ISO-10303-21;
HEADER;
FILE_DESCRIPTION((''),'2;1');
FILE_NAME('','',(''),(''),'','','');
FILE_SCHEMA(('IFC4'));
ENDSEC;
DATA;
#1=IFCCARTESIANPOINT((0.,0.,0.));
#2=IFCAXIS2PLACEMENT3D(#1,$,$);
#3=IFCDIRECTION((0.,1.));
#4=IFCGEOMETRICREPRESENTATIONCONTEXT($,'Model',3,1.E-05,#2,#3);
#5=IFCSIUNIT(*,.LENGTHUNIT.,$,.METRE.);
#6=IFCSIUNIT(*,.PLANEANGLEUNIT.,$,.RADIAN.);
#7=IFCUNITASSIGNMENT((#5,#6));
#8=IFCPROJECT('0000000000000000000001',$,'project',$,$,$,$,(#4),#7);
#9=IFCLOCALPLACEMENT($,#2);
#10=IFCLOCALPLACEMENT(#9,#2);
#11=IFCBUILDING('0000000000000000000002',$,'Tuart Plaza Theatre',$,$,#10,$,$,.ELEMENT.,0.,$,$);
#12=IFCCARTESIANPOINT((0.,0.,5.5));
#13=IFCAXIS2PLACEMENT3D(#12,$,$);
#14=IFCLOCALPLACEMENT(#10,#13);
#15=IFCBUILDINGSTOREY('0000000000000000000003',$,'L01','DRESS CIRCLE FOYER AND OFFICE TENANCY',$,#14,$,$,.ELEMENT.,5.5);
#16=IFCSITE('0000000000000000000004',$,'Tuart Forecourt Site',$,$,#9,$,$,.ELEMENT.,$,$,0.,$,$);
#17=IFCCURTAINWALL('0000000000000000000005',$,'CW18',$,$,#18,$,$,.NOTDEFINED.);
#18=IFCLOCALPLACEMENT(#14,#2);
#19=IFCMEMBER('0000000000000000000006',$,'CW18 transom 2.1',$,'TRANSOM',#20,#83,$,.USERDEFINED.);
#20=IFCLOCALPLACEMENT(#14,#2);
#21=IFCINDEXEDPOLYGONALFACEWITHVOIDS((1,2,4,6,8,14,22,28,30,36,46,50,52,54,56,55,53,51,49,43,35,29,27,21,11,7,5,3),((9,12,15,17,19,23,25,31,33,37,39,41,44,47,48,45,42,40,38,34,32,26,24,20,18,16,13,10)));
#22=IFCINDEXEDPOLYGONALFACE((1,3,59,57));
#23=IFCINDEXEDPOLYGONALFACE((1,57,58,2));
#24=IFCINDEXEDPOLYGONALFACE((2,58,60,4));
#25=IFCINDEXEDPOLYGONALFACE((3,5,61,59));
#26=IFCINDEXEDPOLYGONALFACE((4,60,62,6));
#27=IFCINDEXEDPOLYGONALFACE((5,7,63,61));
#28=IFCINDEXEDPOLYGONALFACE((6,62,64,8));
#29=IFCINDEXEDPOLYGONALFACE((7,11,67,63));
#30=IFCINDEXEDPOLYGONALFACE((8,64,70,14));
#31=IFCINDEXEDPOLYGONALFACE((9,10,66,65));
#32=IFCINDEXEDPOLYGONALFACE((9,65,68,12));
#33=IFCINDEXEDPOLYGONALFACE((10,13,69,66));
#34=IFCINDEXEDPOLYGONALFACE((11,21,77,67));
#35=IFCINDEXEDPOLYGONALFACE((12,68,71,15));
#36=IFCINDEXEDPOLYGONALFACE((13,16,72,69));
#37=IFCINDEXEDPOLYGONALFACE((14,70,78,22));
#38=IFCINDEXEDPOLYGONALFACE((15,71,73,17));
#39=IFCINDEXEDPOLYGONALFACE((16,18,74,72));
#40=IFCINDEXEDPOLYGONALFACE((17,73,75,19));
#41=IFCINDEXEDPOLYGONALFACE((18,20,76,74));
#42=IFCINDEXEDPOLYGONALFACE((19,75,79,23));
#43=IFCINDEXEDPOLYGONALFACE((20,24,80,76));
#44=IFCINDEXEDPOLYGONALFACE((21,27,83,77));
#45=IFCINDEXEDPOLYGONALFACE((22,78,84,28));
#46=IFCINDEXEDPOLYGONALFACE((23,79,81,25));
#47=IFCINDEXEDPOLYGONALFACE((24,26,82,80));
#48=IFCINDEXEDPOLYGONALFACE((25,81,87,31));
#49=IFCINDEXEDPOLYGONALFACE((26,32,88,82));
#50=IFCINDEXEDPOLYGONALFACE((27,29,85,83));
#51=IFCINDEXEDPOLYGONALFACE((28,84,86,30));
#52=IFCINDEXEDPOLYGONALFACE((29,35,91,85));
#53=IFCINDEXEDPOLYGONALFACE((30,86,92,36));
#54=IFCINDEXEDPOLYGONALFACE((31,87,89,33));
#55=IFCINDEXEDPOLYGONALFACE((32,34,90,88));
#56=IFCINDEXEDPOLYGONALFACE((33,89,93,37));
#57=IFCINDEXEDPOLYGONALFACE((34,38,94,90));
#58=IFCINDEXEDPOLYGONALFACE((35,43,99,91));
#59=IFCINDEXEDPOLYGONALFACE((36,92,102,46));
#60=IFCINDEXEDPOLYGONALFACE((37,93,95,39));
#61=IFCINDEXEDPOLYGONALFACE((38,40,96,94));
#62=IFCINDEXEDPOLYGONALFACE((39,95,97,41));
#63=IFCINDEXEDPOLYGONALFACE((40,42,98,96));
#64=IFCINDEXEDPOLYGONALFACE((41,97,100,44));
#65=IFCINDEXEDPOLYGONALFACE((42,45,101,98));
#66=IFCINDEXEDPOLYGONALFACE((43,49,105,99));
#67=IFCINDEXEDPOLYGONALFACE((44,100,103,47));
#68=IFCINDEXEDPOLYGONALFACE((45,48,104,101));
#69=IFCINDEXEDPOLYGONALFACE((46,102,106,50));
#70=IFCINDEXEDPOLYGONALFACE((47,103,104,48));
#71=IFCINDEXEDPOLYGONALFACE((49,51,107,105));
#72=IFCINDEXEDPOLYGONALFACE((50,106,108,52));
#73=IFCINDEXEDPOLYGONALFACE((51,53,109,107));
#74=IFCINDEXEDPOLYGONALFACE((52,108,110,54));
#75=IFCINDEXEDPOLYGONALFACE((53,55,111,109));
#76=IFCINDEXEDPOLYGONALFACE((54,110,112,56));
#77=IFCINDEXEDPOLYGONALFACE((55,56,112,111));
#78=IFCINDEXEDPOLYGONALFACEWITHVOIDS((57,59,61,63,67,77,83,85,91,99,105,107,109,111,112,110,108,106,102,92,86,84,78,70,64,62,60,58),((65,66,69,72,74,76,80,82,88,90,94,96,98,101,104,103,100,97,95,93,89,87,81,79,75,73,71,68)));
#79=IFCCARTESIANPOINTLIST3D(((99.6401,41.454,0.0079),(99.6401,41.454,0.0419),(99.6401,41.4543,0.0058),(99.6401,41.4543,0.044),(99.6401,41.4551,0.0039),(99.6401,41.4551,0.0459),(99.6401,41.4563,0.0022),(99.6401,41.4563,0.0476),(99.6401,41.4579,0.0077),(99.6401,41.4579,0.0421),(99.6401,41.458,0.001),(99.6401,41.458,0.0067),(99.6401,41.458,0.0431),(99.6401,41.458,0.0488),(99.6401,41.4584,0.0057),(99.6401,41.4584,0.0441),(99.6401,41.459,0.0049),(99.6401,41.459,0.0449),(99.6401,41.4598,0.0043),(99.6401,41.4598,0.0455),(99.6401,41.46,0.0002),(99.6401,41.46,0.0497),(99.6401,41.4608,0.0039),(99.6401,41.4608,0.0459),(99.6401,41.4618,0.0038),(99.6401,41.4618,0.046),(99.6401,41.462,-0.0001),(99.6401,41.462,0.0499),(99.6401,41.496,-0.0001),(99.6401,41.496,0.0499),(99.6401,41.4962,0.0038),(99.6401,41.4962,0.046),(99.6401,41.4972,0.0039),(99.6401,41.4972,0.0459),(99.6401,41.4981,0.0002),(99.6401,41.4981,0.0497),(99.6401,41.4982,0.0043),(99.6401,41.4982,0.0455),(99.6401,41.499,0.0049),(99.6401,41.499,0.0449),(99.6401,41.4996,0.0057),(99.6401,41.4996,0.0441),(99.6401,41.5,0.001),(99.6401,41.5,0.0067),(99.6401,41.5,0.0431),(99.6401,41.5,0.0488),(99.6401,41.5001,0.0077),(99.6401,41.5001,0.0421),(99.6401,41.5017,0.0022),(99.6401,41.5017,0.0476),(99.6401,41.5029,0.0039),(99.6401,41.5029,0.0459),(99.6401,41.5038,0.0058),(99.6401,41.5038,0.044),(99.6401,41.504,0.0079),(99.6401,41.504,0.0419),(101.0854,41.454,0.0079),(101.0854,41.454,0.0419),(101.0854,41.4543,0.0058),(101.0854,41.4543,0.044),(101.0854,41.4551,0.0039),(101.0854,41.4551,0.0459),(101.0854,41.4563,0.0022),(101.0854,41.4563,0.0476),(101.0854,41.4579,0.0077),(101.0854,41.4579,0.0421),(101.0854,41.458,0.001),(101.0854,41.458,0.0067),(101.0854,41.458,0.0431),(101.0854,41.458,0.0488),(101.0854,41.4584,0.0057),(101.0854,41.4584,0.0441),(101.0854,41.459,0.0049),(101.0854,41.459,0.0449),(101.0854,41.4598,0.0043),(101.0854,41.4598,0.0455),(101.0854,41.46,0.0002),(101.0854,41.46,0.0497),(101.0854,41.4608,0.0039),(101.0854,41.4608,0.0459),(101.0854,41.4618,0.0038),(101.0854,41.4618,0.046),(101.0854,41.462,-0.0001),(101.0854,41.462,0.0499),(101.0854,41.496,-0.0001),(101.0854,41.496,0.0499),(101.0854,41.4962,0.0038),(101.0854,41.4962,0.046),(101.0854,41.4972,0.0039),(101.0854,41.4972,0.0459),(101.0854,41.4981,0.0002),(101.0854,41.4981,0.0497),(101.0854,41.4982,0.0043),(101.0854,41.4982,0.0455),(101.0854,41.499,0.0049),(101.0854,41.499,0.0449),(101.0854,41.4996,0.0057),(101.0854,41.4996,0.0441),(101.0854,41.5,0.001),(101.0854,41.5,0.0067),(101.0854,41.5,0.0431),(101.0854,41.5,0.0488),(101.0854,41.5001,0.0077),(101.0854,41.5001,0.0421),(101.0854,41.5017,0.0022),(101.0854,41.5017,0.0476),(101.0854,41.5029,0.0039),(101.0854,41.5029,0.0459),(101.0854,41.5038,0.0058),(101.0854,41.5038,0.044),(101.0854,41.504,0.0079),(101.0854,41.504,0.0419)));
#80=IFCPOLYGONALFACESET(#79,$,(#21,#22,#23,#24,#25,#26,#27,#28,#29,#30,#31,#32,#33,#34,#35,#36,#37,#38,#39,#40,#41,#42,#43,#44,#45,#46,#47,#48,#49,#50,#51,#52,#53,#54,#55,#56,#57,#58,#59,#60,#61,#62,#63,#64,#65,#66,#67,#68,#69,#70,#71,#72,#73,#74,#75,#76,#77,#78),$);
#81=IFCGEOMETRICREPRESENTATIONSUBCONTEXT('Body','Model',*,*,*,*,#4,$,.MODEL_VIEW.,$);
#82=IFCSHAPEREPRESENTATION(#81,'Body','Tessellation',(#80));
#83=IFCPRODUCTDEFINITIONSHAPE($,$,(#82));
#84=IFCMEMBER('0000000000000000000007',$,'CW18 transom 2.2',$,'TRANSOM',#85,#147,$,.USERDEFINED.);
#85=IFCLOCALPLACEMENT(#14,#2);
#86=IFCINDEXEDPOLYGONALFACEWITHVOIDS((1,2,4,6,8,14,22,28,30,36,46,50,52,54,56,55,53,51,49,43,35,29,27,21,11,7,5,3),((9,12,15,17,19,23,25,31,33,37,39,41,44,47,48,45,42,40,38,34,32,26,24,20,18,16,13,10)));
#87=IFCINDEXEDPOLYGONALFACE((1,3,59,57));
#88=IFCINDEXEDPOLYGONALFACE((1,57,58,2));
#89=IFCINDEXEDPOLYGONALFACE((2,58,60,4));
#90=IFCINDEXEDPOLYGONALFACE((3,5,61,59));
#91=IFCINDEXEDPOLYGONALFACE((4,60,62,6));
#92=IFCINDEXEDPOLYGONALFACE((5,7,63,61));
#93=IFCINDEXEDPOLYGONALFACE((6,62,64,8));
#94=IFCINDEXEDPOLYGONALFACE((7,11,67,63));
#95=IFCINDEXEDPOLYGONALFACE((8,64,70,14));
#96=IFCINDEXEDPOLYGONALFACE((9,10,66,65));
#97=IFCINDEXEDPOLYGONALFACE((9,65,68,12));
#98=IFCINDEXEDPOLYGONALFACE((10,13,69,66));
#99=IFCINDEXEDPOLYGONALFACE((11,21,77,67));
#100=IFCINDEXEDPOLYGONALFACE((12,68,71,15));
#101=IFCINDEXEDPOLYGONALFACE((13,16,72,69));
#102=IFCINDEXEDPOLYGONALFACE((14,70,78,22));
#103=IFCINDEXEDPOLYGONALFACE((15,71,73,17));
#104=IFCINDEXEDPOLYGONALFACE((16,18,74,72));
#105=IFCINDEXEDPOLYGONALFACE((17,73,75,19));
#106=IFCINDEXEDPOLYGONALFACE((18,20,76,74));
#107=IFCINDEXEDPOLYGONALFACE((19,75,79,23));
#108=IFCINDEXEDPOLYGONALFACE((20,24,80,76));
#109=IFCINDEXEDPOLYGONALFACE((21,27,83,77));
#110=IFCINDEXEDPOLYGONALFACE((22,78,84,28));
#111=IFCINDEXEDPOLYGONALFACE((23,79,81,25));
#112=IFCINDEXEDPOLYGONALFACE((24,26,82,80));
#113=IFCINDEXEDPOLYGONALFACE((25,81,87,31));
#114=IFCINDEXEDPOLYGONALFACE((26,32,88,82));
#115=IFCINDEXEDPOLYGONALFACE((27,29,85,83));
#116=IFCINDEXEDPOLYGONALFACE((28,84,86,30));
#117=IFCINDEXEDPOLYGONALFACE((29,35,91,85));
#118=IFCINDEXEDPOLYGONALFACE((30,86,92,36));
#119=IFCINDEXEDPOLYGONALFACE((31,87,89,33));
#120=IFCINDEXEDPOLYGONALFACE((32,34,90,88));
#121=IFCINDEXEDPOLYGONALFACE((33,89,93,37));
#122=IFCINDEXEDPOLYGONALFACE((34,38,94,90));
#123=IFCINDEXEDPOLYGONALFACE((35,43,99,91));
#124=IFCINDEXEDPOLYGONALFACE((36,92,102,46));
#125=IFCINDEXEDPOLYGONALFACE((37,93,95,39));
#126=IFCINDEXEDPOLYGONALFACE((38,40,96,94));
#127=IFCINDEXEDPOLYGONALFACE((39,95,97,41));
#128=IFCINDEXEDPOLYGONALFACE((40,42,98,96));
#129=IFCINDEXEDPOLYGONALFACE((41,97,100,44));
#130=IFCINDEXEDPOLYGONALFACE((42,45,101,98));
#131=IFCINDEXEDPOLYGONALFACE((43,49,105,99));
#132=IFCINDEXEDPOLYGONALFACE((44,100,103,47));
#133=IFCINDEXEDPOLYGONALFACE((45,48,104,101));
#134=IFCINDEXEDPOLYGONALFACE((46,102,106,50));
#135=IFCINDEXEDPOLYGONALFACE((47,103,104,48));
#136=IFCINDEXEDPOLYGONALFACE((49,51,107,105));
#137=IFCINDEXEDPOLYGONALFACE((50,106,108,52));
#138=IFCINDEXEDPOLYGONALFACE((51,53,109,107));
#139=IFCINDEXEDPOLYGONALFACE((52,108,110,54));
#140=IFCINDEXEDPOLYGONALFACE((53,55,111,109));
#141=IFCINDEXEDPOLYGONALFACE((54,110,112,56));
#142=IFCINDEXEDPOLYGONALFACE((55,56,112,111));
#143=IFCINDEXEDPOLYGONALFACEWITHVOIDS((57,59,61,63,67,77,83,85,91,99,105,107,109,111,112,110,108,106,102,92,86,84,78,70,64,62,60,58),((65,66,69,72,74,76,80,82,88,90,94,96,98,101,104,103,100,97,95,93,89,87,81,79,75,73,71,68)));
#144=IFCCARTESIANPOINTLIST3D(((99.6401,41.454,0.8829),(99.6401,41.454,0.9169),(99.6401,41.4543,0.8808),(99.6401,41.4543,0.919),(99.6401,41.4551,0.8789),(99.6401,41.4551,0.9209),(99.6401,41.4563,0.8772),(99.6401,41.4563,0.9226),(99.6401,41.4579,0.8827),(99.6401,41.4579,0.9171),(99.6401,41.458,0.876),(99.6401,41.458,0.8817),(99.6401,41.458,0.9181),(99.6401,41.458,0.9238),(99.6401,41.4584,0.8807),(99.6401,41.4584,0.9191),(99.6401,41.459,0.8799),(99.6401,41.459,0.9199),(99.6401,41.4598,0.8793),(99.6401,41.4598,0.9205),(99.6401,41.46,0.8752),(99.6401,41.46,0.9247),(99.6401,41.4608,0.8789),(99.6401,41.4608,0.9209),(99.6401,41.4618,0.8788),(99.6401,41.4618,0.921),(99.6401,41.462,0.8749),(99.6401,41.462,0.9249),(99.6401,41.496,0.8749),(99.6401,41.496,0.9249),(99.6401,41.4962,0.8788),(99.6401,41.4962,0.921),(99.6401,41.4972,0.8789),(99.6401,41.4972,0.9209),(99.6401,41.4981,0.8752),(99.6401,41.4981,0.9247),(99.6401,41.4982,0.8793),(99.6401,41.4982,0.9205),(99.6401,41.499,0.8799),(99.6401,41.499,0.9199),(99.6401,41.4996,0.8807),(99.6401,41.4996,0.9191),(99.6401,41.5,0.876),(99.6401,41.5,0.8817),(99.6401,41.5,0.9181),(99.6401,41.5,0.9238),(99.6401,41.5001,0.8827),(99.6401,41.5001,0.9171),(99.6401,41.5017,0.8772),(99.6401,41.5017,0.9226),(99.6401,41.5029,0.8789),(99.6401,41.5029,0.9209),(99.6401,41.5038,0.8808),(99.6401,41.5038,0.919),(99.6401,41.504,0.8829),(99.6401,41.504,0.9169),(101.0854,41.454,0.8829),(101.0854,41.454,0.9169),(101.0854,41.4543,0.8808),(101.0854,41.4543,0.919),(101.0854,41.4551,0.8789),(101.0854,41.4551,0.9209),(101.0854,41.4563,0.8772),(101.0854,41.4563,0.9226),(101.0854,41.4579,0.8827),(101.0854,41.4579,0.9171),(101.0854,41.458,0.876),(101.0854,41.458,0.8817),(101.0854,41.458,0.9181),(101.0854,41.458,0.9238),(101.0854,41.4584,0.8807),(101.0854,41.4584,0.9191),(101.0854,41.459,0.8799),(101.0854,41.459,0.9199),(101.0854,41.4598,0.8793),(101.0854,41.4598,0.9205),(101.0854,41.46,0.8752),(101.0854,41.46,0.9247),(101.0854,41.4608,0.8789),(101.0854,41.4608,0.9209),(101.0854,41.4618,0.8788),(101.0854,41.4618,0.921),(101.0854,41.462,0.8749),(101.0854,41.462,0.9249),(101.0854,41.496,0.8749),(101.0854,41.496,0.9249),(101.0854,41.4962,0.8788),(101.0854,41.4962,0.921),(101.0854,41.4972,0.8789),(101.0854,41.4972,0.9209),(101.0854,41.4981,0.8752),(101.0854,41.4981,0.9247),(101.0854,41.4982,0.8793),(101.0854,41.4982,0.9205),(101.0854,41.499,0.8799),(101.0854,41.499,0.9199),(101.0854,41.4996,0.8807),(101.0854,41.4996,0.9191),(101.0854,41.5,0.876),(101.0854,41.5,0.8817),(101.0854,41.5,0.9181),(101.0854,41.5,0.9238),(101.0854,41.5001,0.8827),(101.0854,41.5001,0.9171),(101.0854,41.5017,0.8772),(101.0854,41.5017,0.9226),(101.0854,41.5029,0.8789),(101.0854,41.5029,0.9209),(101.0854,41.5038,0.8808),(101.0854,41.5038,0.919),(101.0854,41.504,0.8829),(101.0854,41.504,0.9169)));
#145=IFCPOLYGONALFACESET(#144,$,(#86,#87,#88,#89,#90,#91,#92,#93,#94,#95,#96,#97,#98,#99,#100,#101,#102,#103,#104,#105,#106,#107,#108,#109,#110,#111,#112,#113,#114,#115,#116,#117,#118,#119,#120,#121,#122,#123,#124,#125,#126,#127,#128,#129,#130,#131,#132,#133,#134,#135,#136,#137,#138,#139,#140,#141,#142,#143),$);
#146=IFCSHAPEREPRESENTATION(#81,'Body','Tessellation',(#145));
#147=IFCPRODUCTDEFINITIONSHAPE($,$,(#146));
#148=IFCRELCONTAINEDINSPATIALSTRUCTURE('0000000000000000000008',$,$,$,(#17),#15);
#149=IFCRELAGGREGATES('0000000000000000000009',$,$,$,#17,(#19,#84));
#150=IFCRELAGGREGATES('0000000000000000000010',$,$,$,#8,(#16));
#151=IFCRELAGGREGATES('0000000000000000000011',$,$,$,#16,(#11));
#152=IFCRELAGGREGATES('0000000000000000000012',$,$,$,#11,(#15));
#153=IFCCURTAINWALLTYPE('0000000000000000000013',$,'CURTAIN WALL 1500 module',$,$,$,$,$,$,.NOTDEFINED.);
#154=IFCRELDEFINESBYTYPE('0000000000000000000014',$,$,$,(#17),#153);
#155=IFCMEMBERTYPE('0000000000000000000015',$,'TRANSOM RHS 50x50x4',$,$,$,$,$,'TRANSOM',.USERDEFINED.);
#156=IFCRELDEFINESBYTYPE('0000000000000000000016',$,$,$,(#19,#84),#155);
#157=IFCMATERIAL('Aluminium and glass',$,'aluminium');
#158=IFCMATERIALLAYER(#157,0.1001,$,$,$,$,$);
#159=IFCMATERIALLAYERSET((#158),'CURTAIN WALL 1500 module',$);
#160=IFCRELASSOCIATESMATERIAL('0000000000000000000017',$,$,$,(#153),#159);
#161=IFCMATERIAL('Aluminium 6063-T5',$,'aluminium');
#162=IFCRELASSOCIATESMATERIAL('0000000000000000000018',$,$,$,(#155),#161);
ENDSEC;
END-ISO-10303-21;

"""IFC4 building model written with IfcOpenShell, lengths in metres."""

from ifc_helpers import new_model, si_unit, direction, frame, origin, origin_2d, place, context, subcontext, project, spatial, hollow_rectangle, extrude, material, layer, layer_set, material_profile, profile_set, type_object, element, aggregate, save


model = new_model("IFC4")

# Units and contexts
model_context = context("Model", 3, precision=1e-05, world=origin(), true_north=direction((0.0, 1.0)))
body_context = subcontext(model_context, "Body", "Model", "MODEL_VIEW")
ifc_project = project(units=[si_unit("LENGTHUNIT", "METRE"), si_unit("PLANEANGLEUNIT", "RADIAN")], contexts=[model_context])

# Site, building, storey
site_placement = place(None, origin())
site = spatial("IfcSite", under=ifc_project, at=site_placement, Name="Tuart Forecourt Site", CompositionType="ELEMENT", RefElevation=0.0)
building_placement = place(site_placement, origin())
building = spatial("IfcBuilding", under=site, at=building_placement, Name="Tuart Plaza Theatre", CompositionType="ELEMENT", ElevationOfRefHeight=0.0)
storey_placement = place(building_placement, frame((0.0, 0.0, 5.5)))
storey = spatial("IfcBuildingStorey", under=building, at=storey_placement, Name="L01", Description="DRESS CIRCLE FOYER AND OFFICE TENANCY", CompositionType="ELEMENT", Elevation=5.5)

# Shared definitions
ifc_material_1 = material(Name="Aluminium and glass", Category="aluminium")
ifc_layer_1 = layer(ifc_material_1, 0.1001)
ifc_layer_set_1 = layer_set([ifc_layer_1], Name="CURTAIN WALL 1500 module")
curtain_wall_type = type_object("IfcCurtainWallType", Name="CURTAIN WALL 1500 module", PredefinedType="NOTDEFINED", material=ifc_layer_set_1)

# Curtain wall, members
curtain_wall_1_placement = place(storey_placement, origin())
curtain_wall_1 = element("IfcCurtainWall", 1, at=curtain_wall_1_placement, inside=storey, type_object=curtain_wall_type, Name="CW18", PredefinedType="NOTDEFINED")
ifc_material_2 = material(Name="Aluminium 6063-T5", Category="aluminium")
ifc_material_profile_1 = material_profile(ifc_material_2, hollow_rectangle(XDim=0.05, YDim=0.05, WallThickness=0.0039, InnerFilletRadius=0.0039, OuterFilletRadius=0.0081, at=origin_2d()), Name="RHS 50x50x4")
ifc_profile_set_1 = profile_set([ifc_material_profile_1], Name="Aluminium 6063-T5")
member_type_1 = type_object("IfcMemberType", Name="TRANSOM RHS 50x50x4", ElementType="TRANSOM", PredefinedType="USERDEFINED", material=ifc_profile_set_1)
member_1_placement = place(storey_placement, frame((99.6401, 41.479, 0.0249), z_axis=(1.0, 0.0, 0.0), x_axis=(0.0, 1.0, 0.0)))
member_1 = element("IfcMember", 2, at=member_1_placement, type_object=member_type_1, Name="CW18 transom 2.1", ObjectType="TRANSOM", PredefinedType="USERDEFINED", context=body_context, shape_type="SweptSolid", body=[
    extrude(hollow_rectangle(XDim=0.05, YDim=0.05, WallThickness=0.0039, InnerFilletRadius=0.0039, OuterFilletRadius=0.0081, at=origin_2d()), origin(), (0.0, 0.0, 1.0), 1.4453),
])
member_2_placement = place(storey_placement, frame((99.6401, 41.479, 0.8999), z_axis=(1.0, 0.0, 0.0), x_axis=(0.0, 1.0, 0.0)))
member_2 = element("IfcMember", 3, at=member_2_placement, type_object=member_type_1, Name="CW18 transom 2.2", ObjectType="TRANSOM", PredefinedType="USERDEFINED", context=body_context, shape_type="SweptSolid", body=[
    extrude(hollow_rectangle(XDim=0.05, YDim=0.05, WallThickness=0.0039, InnerFilletRadius=0.0039, OuterFilletRadius=0.0081, at=origin_2d()), origin(), (0.0, 0.0, 1.0), 1.4453),
])

aggregate(curtain_wall_1, [member_1, member_2])

save(model, "model.ifc")
